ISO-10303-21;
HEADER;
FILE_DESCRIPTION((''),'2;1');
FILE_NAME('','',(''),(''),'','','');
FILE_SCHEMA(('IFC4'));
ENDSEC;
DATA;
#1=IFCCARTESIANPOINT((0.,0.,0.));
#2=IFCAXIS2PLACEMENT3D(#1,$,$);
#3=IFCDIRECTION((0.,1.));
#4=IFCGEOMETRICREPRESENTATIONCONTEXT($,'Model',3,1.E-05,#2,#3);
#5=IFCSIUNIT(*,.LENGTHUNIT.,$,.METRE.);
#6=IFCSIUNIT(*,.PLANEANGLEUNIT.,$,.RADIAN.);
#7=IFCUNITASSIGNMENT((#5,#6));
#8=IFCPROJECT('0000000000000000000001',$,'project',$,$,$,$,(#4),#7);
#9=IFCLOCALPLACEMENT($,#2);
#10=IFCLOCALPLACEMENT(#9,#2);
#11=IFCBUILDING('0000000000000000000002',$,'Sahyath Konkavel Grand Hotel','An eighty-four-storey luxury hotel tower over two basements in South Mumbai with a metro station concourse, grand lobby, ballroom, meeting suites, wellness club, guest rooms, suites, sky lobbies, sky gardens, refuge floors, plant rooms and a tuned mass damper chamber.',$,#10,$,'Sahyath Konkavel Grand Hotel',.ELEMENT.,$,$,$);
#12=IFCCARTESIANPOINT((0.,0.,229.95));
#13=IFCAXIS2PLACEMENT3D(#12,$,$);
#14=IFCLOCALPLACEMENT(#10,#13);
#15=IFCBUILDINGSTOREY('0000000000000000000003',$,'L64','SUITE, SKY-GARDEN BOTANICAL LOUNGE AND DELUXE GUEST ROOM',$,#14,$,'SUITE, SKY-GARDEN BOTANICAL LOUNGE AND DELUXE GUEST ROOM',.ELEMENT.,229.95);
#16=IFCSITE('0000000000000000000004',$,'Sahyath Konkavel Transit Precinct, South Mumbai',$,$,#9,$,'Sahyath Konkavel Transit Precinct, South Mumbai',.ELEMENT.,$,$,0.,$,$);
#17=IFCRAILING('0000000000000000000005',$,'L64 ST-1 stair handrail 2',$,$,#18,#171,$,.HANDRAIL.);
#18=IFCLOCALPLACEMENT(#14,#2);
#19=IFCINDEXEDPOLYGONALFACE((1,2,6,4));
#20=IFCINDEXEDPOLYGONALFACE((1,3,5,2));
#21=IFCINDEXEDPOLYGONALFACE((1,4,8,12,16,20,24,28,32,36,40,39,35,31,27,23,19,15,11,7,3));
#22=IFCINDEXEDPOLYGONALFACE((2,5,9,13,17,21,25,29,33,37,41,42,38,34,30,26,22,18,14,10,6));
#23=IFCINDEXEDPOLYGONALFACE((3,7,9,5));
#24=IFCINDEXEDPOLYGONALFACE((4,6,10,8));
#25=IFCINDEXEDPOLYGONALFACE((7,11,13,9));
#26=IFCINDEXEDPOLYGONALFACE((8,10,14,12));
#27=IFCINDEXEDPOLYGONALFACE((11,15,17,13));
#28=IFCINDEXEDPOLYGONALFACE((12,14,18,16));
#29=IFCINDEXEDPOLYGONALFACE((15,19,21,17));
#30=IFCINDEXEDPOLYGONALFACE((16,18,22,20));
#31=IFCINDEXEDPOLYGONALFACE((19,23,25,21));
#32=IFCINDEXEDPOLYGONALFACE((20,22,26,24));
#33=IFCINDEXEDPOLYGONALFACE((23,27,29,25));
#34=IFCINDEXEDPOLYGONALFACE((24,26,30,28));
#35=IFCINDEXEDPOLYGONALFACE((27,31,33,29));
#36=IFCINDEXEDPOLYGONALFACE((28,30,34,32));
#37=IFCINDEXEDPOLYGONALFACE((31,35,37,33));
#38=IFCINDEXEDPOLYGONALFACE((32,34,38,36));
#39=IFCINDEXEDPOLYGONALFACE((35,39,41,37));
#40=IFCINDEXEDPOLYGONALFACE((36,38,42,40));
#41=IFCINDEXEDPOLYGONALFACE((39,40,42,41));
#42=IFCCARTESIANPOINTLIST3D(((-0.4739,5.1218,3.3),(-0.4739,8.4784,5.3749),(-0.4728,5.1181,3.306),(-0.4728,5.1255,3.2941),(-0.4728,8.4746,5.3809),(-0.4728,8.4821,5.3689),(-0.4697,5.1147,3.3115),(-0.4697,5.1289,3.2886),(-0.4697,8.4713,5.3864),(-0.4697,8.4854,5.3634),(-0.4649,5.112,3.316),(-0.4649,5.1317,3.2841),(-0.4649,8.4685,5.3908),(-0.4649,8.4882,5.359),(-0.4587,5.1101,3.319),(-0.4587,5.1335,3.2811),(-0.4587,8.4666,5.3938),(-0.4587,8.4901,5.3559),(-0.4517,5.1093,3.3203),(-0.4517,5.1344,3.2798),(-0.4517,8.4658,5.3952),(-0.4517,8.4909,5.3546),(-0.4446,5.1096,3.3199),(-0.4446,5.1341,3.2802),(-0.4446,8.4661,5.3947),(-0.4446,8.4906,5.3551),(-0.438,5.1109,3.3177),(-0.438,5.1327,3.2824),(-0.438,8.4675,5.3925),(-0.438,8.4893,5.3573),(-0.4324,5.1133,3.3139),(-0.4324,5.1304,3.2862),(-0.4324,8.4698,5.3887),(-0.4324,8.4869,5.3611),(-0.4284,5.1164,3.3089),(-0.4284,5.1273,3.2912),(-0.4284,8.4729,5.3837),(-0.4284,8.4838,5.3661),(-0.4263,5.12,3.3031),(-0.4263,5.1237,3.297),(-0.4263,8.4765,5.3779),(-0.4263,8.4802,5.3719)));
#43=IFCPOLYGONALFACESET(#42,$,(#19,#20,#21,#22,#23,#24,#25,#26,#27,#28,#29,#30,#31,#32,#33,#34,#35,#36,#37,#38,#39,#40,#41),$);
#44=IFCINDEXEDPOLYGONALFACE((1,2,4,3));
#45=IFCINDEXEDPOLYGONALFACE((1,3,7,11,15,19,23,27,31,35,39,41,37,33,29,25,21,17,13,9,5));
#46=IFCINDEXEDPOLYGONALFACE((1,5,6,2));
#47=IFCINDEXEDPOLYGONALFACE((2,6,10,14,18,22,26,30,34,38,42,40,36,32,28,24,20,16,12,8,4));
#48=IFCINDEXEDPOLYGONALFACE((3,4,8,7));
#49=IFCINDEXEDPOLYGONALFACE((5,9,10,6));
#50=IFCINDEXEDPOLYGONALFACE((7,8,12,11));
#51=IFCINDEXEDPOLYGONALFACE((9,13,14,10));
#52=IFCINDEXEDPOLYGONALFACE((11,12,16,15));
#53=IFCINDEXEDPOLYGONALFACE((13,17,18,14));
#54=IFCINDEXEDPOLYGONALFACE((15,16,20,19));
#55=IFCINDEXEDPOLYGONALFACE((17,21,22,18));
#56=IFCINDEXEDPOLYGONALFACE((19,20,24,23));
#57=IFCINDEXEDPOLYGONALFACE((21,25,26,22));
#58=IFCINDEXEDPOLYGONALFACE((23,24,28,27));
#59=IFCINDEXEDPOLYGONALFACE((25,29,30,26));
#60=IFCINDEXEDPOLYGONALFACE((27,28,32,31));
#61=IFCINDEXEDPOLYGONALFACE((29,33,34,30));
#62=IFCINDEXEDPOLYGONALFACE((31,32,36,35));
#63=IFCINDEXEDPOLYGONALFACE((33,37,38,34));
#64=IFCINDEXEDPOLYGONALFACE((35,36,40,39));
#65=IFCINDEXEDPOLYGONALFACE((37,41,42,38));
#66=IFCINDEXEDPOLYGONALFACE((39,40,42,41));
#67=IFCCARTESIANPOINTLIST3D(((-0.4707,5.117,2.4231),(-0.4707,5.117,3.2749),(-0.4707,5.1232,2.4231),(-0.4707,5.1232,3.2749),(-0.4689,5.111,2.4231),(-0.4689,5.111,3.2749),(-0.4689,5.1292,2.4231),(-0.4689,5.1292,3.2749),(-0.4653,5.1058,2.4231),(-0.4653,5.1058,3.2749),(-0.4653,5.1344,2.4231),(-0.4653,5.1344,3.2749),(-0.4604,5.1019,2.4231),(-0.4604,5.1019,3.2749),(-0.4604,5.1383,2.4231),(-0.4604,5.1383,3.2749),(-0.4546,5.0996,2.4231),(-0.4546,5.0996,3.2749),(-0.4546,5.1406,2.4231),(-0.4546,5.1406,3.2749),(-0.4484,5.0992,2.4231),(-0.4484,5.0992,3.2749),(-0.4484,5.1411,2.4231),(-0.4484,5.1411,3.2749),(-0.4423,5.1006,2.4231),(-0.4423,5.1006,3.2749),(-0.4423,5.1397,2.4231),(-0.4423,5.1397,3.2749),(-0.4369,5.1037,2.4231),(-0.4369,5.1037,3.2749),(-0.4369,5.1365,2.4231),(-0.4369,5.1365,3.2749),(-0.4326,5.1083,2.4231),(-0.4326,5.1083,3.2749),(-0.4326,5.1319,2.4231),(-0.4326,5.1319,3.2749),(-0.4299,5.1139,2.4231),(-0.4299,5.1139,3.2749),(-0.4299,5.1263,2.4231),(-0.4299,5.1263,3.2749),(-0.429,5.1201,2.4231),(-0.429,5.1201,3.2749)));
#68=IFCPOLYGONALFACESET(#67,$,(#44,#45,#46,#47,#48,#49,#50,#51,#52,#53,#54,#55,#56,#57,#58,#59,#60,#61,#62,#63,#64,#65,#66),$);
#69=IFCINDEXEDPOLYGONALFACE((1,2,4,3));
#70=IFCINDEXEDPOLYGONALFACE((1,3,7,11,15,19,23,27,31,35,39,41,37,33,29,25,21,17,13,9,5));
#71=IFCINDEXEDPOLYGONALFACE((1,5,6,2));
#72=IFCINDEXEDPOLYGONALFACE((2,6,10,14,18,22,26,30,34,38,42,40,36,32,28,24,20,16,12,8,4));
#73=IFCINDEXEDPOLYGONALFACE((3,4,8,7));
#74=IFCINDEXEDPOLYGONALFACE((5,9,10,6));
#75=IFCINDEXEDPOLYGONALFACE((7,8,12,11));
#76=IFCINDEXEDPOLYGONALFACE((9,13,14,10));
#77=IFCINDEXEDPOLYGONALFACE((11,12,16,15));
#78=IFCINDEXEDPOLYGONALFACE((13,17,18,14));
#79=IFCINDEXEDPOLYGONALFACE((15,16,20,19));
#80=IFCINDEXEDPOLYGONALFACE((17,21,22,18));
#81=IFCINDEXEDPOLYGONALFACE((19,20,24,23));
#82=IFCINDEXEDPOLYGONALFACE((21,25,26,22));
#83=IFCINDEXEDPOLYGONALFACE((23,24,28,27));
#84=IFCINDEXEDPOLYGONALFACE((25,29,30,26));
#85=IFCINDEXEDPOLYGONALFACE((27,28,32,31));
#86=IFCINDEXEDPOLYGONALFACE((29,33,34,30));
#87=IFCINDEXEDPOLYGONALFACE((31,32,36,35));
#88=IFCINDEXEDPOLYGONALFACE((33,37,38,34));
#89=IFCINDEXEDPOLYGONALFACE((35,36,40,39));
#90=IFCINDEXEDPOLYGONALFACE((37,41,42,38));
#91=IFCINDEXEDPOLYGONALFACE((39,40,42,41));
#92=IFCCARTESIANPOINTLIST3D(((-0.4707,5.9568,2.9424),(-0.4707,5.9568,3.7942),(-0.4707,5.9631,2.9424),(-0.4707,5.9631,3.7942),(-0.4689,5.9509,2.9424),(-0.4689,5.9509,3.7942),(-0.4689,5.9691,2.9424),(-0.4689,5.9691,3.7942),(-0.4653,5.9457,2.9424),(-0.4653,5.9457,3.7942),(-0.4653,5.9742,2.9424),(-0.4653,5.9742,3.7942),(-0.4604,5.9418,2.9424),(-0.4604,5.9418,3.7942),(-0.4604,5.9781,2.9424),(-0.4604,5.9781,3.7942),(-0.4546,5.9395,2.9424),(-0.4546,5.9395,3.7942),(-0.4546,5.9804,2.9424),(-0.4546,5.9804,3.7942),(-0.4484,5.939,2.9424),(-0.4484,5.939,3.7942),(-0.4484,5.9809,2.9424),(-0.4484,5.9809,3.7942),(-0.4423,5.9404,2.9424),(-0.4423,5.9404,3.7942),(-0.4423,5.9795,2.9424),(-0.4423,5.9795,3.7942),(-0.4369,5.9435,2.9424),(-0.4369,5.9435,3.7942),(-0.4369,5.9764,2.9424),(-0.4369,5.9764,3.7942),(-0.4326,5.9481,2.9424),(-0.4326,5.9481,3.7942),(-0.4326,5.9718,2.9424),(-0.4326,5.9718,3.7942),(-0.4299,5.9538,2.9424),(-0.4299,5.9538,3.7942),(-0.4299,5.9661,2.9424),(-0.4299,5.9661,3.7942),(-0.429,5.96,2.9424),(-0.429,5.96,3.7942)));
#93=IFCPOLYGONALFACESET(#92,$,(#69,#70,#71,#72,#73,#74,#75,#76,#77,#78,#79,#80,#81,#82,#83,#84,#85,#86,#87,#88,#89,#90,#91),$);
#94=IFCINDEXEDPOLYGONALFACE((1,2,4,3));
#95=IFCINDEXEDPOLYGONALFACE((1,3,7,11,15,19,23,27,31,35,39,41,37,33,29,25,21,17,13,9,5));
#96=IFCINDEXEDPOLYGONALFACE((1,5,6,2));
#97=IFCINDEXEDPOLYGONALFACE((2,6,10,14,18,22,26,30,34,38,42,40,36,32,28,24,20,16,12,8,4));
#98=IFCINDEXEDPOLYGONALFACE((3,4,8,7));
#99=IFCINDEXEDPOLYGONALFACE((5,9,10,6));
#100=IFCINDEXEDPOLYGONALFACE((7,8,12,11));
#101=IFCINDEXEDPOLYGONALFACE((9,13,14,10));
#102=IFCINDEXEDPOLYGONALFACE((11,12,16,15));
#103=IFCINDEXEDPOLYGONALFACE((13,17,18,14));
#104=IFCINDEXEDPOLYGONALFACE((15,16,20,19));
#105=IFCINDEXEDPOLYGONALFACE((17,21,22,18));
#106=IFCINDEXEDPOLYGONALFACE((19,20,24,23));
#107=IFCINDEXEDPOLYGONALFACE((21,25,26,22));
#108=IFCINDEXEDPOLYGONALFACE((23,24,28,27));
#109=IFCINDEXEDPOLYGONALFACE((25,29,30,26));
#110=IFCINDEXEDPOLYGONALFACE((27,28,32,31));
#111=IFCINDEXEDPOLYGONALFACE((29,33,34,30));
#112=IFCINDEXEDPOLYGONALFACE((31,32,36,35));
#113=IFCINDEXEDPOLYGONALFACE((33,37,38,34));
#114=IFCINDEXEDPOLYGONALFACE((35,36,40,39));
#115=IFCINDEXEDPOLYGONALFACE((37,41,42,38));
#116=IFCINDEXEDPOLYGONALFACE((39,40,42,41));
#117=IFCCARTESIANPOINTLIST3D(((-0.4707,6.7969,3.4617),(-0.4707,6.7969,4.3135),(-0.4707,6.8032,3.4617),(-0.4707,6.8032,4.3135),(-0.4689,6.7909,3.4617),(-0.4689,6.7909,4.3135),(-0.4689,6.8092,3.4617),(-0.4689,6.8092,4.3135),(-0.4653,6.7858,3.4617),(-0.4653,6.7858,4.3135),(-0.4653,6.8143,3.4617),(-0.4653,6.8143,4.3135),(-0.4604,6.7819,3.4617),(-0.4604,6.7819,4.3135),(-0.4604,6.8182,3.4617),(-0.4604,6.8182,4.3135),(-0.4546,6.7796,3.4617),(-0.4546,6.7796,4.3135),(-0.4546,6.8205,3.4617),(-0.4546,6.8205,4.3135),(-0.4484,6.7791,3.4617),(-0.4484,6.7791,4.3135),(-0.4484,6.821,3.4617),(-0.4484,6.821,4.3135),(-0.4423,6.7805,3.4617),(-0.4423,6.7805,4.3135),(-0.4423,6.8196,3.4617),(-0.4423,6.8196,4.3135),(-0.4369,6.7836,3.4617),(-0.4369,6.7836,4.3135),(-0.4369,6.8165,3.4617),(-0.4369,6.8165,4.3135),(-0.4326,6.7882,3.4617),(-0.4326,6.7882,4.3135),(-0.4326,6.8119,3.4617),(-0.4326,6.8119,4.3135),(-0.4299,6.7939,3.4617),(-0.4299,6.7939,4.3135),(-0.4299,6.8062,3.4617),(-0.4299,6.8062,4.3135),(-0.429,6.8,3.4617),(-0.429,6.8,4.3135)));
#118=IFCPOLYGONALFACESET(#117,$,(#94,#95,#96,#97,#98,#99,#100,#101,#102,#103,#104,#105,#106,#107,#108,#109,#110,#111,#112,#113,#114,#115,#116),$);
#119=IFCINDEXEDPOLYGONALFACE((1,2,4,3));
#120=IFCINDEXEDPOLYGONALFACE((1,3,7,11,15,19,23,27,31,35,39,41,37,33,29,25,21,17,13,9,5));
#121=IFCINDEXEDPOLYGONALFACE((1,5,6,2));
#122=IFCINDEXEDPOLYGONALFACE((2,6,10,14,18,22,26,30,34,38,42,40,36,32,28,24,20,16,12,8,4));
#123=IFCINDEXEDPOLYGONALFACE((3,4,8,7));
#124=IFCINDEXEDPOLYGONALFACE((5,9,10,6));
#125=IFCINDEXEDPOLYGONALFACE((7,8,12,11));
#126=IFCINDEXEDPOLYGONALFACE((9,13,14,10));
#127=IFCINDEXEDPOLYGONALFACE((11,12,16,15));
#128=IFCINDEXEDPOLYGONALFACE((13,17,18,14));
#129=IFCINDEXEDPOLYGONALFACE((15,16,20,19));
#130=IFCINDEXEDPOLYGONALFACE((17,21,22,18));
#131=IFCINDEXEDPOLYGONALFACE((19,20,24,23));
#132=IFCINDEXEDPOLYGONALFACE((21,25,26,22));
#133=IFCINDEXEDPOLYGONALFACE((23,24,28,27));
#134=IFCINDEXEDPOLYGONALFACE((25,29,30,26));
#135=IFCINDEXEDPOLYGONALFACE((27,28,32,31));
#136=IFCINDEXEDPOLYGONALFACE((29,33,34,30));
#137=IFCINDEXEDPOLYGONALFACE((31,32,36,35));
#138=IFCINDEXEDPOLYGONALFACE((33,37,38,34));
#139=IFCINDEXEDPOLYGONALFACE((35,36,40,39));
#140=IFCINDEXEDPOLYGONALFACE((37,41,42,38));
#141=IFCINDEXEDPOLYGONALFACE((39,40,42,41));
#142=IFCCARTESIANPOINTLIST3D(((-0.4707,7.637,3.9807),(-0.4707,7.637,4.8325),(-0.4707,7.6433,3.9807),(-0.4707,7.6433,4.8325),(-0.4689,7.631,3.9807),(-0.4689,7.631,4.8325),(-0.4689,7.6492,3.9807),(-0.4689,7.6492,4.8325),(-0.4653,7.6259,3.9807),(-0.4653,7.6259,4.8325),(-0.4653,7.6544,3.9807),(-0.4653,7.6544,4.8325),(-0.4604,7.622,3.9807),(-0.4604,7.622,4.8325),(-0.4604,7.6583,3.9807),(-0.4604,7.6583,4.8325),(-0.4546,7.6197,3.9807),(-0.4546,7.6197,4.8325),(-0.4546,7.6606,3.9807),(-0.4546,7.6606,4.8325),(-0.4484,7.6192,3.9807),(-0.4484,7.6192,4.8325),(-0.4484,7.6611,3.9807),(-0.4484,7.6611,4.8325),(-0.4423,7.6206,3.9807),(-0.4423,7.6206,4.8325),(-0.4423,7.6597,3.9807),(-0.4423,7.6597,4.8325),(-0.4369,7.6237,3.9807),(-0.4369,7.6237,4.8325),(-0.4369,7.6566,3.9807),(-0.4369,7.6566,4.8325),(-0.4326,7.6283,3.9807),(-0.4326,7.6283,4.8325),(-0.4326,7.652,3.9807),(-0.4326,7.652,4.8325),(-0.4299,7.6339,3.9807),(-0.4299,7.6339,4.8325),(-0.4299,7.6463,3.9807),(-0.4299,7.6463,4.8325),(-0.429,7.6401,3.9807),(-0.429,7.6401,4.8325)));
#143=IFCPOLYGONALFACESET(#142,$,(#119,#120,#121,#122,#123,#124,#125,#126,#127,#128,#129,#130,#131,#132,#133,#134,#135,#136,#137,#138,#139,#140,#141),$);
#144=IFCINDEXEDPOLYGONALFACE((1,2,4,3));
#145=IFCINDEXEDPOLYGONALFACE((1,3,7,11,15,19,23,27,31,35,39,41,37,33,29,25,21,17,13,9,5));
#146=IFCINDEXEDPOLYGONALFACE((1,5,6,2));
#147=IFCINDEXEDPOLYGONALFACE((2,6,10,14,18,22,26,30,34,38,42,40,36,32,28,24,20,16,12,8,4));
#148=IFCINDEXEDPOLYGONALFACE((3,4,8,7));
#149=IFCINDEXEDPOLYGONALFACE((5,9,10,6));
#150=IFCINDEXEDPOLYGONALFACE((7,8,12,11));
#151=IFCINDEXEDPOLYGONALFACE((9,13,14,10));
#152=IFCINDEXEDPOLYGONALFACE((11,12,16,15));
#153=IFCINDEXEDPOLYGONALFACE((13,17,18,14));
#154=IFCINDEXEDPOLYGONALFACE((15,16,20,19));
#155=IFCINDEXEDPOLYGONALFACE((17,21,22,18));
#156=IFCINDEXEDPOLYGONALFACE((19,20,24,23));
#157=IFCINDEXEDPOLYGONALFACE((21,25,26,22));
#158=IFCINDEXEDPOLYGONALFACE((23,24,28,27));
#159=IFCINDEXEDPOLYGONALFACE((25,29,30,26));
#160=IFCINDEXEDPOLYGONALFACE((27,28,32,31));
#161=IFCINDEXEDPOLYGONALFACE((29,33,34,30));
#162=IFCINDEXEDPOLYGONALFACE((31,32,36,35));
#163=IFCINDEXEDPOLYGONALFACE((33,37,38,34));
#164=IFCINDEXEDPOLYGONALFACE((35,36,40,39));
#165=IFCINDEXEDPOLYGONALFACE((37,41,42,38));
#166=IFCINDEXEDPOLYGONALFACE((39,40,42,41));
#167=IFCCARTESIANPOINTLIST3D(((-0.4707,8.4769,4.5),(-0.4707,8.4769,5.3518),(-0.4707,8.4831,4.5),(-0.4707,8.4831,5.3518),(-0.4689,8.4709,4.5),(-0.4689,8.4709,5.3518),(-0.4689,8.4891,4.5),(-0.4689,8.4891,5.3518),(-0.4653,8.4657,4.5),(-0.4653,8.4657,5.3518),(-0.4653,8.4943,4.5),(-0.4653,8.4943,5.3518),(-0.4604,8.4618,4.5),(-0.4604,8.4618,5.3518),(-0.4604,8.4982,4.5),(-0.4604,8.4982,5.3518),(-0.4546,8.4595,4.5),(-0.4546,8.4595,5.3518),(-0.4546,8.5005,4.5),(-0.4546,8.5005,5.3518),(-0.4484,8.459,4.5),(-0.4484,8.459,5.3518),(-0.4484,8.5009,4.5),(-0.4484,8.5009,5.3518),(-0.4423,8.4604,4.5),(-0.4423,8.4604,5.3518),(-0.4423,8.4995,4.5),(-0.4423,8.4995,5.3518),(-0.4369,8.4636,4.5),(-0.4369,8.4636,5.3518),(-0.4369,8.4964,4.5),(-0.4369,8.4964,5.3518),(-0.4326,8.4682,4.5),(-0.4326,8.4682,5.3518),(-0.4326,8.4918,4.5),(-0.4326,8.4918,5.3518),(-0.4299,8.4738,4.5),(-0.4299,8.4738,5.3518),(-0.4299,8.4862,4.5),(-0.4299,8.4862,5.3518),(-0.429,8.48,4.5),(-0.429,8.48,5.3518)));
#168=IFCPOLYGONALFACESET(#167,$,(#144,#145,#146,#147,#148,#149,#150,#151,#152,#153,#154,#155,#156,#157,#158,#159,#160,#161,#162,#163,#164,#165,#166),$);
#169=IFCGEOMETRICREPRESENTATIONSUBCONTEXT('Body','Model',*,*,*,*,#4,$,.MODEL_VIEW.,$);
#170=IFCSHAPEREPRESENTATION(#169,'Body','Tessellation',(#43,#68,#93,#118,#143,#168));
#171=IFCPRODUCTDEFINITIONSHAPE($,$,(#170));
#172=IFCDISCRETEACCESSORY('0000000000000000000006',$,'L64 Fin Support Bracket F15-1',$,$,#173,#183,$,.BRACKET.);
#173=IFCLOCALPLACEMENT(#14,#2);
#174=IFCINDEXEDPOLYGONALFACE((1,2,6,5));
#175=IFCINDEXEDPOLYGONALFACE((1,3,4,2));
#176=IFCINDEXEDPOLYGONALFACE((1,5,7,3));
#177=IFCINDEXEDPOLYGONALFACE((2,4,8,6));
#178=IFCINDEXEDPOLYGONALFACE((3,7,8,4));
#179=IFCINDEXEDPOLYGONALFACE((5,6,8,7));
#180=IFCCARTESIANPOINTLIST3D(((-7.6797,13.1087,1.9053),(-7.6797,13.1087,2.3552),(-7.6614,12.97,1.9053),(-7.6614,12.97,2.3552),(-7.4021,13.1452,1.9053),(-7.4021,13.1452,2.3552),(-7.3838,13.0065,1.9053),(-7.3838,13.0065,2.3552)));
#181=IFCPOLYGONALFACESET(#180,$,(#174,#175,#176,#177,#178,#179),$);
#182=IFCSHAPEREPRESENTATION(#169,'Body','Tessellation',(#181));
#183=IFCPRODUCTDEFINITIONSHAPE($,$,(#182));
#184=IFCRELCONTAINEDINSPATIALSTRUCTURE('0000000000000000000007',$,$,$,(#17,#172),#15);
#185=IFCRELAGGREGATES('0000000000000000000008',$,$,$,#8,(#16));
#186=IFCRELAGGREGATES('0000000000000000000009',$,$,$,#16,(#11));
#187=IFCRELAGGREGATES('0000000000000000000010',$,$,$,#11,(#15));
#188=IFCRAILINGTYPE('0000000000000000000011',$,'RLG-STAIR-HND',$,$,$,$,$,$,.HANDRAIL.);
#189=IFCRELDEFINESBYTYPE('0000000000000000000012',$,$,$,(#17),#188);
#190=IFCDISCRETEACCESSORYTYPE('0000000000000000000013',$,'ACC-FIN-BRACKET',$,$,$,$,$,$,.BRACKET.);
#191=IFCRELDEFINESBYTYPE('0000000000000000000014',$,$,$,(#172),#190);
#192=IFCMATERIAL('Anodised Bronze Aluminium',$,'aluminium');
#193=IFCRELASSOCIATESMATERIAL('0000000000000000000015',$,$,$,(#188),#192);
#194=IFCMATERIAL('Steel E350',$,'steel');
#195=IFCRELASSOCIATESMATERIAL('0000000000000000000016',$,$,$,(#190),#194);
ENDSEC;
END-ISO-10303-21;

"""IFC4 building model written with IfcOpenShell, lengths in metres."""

from ifc_helpers import new_model, si_unit, direction, frame, origin, origin_2d, place, context, subcontext, project, spatial, rectangle, circle, extrude, source, transform, mapped, material, type_object, element, save


model = new_model("IFC4")

# Units and contexts
model_context = context("Model", 3, precision=1e-05, world=origin(), true_north=direction((0.0, 1.0)))
body_context = subcontext(model_context, "Body", "Model", "MODEL_VIEW")
ifc_project = project(units=[si_unit("LENGTHUNIT", "METRE"), si_unit("PLANEANGLEUNIT", "RADIAN")], contexts=[model_context])

# Site, building, storey
site_placement = place(None, origin())
site = spatial("IfcSite", under=ifc_project, at=site_placement, Name="Sahyath Konkavel Transit Precinct, South Mumbai", LongName="Sahyath Konkavel Transit Precinct, South Mumbai", CompositionType="ELEMENT", RefElevation=0.0)
building_placement = place(site_placement, origin())
building = spatial("IfcBuilding", under=site, at=building_placement, Name="Sahyath Konkavel Grand Hotel", Description="An eighty-four-storey luxury hotel tower over two basements in South Mumbai with a metro station concourse, grand lobby, ballroom, meeting suites, wellness club, guest rooms, suites, sky lobbies, sky gardens, refuge floors, plant rooms and a tuned mass damper chamber.", LongName="Sahyath Konkavel Grand Hotel", CompositionType="ELEMENT")
storey_placement = place(building_placement, frame((0.0, 0.0, 229.95)))
storey = spatial("IfcBuildingStorey", under=building, at=storey_placement, Name="L64", Description="SUITE, SKY-GARDEN BOTANICAL LOUNGE AND DELUXE GUEST ROOM", LongName="SUITE, SKY-GARDEN BOTANICAL LOUNGE AND DELUXE GUEST ROOM", CompositionType="ELEMENT", Elevation=229.95)

# Shared definitions
ifc_material_1 = material(Name="Steel E350", Category="steel")

# Shared definitions
ifc_material_2 = material(Name="Anodised Bronze Aluminium", Category="aluminium")

# Railing
railing_type_1 = type_object("IfcRailingType", Name="RLG-STAIR-HND", PredefinedType="HANDRAIL", material=ifc_material_2)
railing_1_placement = place(storey_placement, frame((-0.45, 5.1201, 2.4231)))
element("IfcRailing", 1, at=railing_1_placement, inside=storey, type_object=railing_type_1, Name="L64 ST-1 stair handrail 2", PredefinedType="HANDRAIL", context=body_context, shape_type="SweptSolid", body=[
    extrude(circle(Radius=0.0239, at=origin_2d()), frame((0.0, 0.0017, 0.877), z_axis=(0.0, 0.850606, 0.525803), x_axis=(-1.0, 0.0, 0.0)), (0.0, 0.0, 1.0), 3.946),
    extrude(circle(Radius=0.021, at=origin_2d()), origin(), (0.0, 0.0, 1.0), 0.8518),
    extrude(circle(Radius=0.021, at=origin_2d()), frame((0.0, 0.8398, 0.5193)), (0.0, 0.0, 1.0), 0.8518),
    extrude(circle(Radius=0.021, at=origin_2d()), frame((0.0, 1.6799, 1.0386)), (0.0, 0.0, 1.0), 0.8518),
    extrude(circle(Radius=0.021, at=origin_2d()), frame((0.0, 2.52, 1.5576)), (0.0, 0.0, 1.0), 0.8518),
    extrude(circle(Radius=0.021, at=origin_2d()), frame((0.0, 3.3599, 2.0769)), (0.0, 0.0, 1.0), 0.8518),
])

# Discrete accessory
discrete_accessory_type = type_object("IfcDiscreteAccessoryType", Name="ACC-FIN-BRACKET", PredefinedType="BRACKET", material=ifc_material_1)
shared_shape_1 = source(origin(), body_context, "Body", "SweptSolid", [
    extrude(rectangle(XDim=0.28, YDim=0.1399, at=origin_2d()), origin(), (0.0, 0.0, 1.0), 0.45),
])
discrete_accessory_placement = place(storey_placement, frame((-7.5317, 13.0576, 1.9053), z_axis=(0.0, 0.0, 1.0), x_axis=(-0.991445, -0.130526, 0.0)))
element("IfcDiscreteAccessory", 2, at=discrete_accessory_placement, inside=storey, type_object=discrete_accessory_type, Name="L64 Fin Support Bracket F15-1", PredefinedType="BRACKET", context=body_context, shape_type="MappedRepresentation", body=[
    mapped(shared_shape_1, transform((0.0, 0.0, 0.0), scale=1.0)),
])

save(model, "model.ifc")
